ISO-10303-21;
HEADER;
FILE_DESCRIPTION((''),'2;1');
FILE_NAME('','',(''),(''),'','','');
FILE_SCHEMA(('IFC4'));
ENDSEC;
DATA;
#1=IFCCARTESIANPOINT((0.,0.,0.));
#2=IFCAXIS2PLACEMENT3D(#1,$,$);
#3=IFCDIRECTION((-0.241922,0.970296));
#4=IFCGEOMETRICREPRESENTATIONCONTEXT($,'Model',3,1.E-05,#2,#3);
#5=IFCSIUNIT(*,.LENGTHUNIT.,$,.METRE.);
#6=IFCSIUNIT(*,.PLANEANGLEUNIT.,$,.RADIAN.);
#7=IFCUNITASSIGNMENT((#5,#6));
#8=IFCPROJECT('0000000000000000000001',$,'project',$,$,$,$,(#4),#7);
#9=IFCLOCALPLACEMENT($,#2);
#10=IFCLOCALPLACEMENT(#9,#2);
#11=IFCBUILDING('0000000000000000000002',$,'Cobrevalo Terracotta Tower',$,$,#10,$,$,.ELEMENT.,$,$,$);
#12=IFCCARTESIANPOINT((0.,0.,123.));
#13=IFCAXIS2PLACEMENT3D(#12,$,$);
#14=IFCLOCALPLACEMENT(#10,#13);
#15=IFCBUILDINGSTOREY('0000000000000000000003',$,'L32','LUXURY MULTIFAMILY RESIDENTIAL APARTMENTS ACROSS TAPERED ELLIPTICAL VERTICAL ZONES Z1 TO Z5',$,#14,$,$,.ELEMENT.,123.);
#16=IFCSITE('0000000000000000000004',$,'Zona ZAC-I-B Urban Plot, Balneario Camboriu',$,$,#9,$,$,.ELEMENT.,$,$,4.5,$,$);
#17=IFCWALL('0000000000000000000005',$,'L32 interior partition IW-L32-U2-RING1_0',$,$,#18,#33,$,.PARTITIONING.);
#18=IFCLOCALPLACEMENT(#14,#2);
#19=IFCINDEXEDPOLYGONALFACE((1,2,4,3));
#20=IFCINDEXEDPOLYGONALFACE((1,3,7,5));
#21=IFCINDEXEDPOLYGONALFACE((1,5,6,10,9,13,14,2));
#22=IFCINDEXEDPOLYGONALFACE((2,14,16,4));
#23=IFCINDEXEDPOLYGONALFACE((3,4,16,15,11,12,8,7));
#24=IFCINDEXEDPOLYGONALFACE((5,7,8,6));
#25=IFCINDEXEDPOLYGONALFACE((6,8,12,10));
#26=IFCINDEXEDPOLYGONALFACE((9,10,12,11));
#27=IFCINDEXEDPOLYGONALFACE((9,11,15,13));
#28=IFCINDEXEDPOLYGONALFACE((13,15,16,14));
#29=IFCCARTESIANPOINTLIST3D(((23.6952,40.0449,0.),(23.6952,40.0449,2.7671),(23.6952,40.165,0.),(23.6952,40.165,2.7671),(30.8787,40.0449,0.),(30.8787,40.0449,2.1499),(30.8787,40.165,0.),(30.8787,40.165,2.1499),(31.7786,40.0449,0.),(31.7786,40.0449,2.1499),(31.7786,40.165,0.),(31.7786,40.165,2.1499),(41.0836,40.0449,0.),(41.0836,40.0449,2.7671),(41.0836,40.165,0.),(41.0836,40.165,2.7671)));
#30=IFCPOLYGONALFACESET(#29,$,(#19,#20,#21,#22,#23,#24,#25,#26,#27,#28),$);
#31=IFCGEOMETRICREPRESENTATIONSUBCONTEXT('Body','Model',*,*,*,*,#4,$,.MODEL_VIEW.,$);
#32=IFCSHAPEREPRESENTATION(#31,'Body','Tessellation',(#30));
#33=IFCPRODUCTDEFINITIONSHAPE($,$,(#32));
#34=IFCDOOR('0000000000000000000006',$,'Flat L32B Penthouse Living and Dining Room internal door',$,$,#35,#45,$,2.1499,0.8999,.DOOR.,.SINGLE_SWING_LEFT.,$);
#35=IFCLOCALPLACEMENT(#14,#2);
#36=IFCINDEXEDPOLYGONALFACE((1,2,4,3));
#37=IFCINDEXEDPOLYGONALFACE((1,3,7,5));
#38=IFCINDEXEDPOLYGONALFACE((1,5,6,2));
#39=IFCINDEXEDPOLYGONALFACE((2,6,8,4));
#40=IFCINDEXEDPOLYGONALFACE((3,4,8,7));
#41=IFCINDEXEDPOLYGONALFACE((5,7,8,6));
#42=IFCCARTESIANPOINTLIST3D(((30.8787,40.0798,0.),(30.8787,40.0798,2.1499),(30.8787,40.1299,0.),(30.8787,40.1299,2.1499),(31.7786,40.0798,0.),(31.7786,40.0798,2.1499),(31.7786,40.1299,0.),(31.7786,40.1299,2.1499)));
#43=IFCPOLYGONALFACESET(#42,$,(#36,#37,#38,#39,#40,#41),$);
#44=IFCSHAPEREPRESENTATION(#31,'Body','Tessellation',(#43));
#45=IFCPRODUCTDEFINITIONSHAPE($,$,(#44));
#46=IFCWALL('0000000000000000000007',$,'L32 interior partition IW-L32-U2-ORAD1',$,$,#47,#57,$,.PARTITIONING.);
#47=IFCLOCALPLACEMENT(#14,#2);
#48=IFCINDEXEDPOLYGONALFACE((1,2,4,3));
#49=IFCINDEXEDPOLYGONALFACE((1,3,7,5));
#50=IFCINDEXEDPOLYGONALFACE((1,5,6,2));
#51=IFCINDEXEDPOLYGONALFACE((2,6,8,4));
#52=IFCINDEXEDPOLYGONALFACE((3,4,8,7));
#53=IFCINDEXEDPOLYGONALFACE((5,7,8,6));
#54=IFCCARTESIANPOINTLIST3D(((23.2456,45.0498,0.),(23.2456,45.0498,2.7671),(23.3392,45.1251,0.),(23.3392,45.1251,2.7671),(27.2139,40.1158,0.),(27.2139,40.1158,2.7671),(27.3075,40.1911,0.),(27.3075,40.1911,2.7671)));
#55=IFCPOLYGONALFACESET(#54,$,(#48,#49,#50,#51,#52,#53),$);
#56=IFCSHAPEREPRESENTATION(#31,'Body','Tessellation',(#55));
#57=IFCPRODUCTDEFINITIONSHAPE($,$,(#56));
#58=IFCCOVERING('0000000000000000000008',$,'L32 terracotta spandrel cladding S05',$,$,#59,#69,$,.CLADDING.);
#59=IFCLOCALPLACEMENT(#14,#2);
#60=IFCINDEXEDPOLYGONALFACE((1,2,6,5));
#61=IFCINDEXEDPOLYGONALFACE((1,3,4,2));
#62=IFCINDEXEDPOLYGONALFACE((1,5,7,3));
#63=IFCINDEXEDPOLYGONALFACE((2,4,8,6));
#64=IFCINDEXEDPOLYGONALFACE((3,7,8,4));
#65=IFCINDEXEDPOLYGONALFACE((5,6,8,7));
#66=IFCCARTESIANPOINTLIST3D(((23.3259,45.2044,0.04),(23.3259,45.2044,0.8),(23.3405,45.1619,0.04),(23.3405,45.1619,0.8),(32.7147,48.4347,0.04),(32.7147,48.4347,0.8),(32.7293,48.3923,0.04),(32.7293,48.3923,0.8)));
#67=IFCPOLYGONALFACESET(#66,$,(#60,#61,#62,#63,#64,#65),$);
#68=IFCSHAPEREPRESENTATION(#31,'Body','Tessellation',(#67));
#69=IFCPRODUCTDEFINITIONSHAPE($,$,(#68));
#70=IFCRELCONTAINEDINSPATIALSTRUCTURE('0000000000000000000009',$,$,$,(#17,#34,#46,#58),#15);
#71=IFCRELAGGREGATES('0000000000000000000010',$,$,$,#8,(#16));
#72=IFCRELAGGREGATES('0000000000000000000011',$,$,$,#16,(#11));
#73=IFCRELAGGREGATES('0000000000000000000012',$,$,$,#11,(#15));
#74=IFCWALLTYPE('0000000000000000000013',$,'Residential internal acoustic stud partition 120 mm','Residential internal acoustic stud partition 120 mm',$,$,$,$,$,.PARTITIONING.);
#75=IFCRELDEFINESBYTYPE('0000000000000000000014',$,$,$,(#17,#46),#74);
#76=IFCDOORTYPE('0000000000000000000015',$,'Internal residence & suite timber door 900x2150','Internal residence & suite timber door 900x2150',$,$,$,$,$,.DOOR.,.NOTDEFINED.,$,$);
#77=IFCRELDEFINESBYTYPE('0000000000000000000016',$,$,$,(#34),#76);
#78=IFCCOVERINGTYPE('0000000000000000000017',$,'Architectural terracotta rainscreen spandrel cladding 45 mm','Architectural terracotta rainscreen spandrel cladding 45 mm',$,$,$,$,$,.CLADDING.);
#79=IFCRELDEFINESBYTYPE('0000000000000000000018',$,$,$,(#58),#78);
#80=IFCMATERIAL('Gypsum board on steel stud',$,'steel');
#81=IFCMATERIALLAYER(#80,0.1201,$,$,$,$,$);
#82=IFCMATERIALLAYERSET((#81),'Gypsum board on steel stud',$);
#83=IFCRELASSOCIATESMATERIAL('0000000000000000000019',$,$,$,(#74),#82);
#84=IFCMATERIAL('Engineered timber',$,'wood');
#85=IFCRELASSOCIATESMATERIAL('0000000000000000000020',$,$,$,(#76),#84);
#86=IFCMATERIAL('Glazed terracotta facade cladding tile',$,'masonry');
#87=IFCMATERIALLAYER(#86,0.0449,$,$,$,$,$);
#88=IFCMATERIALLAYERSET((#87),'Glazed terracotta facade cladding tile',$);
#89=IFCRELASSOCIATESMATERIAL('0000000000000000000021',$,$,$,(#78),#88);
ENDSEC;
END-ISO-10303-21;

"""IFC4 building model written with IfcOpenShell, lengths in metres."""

from ifc_helpers import new_model, si_unit, direction, frame, frame_2d, origin, origin_2d, place, context, subcontext, project, spatial, rectangle, extrude, source, transform, mapped, material, layer, layer_set, type_object, element, fill, save


model = new_model("IFC4")

# Units and contexts
model_context = context("Model", 3, precision=1e-05, world=origin(), true_north=direction((-0.241922, 0.970296)))
body_context = subcontext(model_context, "Body", "Model", "MODEL_VIEW")
ifc_project = project(units=[si_unit("LENGTHUNIT", "METRE"), si_unit("PLANEANGLEUNIT", "RADIAN")], contexts=[model_context])

# Site, building, storey
site_placement = place(None, origin())
site = spatial("IfcSite", under=ifc_project, at=site_placement, Name="Zona ZAC-I-B Urban Plot, Balneario Camboriu", CompositionType="ELEMENT", RefElevation=4.5)
building_placement = place(site_placement, origin())
building = spatial("IfcBuilding", under=site, at=building_placement, Name="Cobrevalo Terracotta Tower", CompositionType="ELEMENT")
storey_placement = place(building_placement, frame((0.0, 0.0, 123.0)))
storey = spatial("IfcBuildingStorey", under=building, at=storey_placement, Name="L32", Description="LUXURY MULTIFAMILY RESIDENTIAL APARTMENTS ACROSS TAPERED ELLIPTICAL VERTICAL ZONES Z1 TO Z5", CompositionType="ELEMENT", Elevation=123.0)

# Shared definitions
ifc_material_1 = material(Name="Gypsum board on steel stud", Category="steel")

# Wall, opening, door
ifc_layer_1 = layer(ifc_material_1, 0.1201)
ifc_layer_set_1 = layer_set([ifc_layer_1], Name="Gypsum board on steel stud")
wall_type_1 = type_object("IfcWallType", Name="Residential internal acoustic stud partition 120 mm", Description="Residential internal acoustic stud partition 120 mm", PredefinedType="PARTITIONING", material=ifc_layer_set_1)
ifc_material_2 = material(Name="Engineered timber", Category="wood")
door_type_1 = type_object("IfcDoorType", Name="Internal residence & suite timber door 900x2150", Description="Internal residence & suite timber door 900x2150", OperationType="NOTDEFINED", PredefinedType="DOOR", material=ifc_material_2)
shared_shape_1 = source(origin(), body_context, "Body", "SweptSolid", [
    extrude(rectangle(XDim=0.8999, YDim=2.1499, at=frame_2d((0.45, 1.075))), frame((0.0, 0.0249, 0.0), z_axis=(0.0, -1.0, 0.0), x_axis=(1.0, 0.0, 0.0)), (0.0, 0.0, 1.0), 0.05),
])
wall_1_placement = place(storey_placement, frame((23.6951, 40.105, 0.0), z_axis=(0.0, 0.0, 1.0), x_axis=(1.0, 0.0, 0.0)))
wall_1 = element("IfcWall", 1, at=wall_1_placement, inside=storey, type_object=wall_type_1, Name="L32 interior partition IW-L32-U2-RING1_0", PredefinedType="PARTITIONING", context=body_context, shape_type="SweptSolid", body=[
    extrude(rectangle(XDim=17.3884, YDim=0.1201, at=frame_2d((8.6943, 0.0))), origin(), (0.0, 0.0, 1.0), 2.7671),
])
opening_1_placement = place(wall_1_placement, frame((7.1836, 0.0, 0.0)))
opening_1 = element("IfcOpeningElement", 2, at=opening_1_placement, cuts=wall_1, PredefinedType="OPENING", context=body_context, shape_type="SweptSolid", body=[
    extrude(rectangle(XDim=0.8999, YDim=2.1499, at=frame_2d((0.45, 1.075))), frame((0.0, 0.0701, 0.0), z_axis=(0.0, -1.0, 0.0), x_axis=(1.0, 0.0, 0.0)), (0.0, 0.0, 1.0), 0.1401),
])
door_1_placement = place(opening_1_placement, origin())
door_1 = element("IfcDoor", 3, at=door_1_placement, inside=storey, type_object=door_type_1, Name="Flat L32B Penthouse Living and Dining Room internal door", OperationType="SINGLE_SWING_LEFT", OverallHeight=2.1499, OverallWidth=0.8999, PredefinedType="DOOR", context=body_context, shape_type="MappedRepresentation", body=[
    mapped(shared_shape_1, transform((0.0, 0.0, 0.0), scale=1.0)),
])
fill(opening_1, door_1)

# Wall
wall_2_placement = place(storey_placement, frame((27.2607, 40.1533, 0.0), z_axis=(0.0, 0.0, 1.0), x_axis=(-0.626715, 0.779249, 0.0)))
element("IfcWall", 4, at=wall_2_placement, inside=storey, type_object=wall_type_1, Name="L32 interior partition IW-L32-U2-ORAD1", PredefinedType="PARTITIONING", context=body_context, shape_type="SweptSolid", body=[
    extrude(rectangle(XDim=6.3318, YDim=0.1201, at=frame_2d((3.166, 0.0))), origin(), (0.0, 0.0, 1.0), 2.7671),
])

# Covering
ifc_material_3 = material(Name="Glazed terracotta facade cladding tile", Category="masonry")
ifc_layer_2 = layer(ifc_material_3, 0.0449)
ifc_layer_set_2 = layer_set([ifc_layer_2], Name="Glazed terracotta facade cladding tile")
covering_type = type_object("IfcCoveringType", Name="Architectural terracotta rainscreen spandrel cladding 45 mm", Description="Architectural terracotta rainscreen spandrel cladding 45 mm", PredefinedType="CLADDING", material=ifc_layer_set_2)
shared_shape_2 = source(origin(), body_context, "Body", "SweptSolid", [
    extrude(rectangle(XDim=9.929, YDim=0.0449, at=origin_2d()), origin(), (0.0, 0.0, 1.0), 0.76),
])
covering_placement = place(storey_placement, frame((28.0276, 46.7983, 0.04), z_axis=(0.0, 0.0, 1.0), x_axis=(-0.945596, -0.325342, 0.0)))
element("IfcCovering", 5, at=covering_placement, inside=storey, type_object=covering_type, Name="L32 terracotta spandrel cladding S05", PredefinedType="CLADDING", context=body_context, shape_type="MappedRepresentation", body=[
    mapped(shared_shape_2, transform((0.0, 0.0, 0.0), scale=1.0)),
])

save(model, "model.ifc")
